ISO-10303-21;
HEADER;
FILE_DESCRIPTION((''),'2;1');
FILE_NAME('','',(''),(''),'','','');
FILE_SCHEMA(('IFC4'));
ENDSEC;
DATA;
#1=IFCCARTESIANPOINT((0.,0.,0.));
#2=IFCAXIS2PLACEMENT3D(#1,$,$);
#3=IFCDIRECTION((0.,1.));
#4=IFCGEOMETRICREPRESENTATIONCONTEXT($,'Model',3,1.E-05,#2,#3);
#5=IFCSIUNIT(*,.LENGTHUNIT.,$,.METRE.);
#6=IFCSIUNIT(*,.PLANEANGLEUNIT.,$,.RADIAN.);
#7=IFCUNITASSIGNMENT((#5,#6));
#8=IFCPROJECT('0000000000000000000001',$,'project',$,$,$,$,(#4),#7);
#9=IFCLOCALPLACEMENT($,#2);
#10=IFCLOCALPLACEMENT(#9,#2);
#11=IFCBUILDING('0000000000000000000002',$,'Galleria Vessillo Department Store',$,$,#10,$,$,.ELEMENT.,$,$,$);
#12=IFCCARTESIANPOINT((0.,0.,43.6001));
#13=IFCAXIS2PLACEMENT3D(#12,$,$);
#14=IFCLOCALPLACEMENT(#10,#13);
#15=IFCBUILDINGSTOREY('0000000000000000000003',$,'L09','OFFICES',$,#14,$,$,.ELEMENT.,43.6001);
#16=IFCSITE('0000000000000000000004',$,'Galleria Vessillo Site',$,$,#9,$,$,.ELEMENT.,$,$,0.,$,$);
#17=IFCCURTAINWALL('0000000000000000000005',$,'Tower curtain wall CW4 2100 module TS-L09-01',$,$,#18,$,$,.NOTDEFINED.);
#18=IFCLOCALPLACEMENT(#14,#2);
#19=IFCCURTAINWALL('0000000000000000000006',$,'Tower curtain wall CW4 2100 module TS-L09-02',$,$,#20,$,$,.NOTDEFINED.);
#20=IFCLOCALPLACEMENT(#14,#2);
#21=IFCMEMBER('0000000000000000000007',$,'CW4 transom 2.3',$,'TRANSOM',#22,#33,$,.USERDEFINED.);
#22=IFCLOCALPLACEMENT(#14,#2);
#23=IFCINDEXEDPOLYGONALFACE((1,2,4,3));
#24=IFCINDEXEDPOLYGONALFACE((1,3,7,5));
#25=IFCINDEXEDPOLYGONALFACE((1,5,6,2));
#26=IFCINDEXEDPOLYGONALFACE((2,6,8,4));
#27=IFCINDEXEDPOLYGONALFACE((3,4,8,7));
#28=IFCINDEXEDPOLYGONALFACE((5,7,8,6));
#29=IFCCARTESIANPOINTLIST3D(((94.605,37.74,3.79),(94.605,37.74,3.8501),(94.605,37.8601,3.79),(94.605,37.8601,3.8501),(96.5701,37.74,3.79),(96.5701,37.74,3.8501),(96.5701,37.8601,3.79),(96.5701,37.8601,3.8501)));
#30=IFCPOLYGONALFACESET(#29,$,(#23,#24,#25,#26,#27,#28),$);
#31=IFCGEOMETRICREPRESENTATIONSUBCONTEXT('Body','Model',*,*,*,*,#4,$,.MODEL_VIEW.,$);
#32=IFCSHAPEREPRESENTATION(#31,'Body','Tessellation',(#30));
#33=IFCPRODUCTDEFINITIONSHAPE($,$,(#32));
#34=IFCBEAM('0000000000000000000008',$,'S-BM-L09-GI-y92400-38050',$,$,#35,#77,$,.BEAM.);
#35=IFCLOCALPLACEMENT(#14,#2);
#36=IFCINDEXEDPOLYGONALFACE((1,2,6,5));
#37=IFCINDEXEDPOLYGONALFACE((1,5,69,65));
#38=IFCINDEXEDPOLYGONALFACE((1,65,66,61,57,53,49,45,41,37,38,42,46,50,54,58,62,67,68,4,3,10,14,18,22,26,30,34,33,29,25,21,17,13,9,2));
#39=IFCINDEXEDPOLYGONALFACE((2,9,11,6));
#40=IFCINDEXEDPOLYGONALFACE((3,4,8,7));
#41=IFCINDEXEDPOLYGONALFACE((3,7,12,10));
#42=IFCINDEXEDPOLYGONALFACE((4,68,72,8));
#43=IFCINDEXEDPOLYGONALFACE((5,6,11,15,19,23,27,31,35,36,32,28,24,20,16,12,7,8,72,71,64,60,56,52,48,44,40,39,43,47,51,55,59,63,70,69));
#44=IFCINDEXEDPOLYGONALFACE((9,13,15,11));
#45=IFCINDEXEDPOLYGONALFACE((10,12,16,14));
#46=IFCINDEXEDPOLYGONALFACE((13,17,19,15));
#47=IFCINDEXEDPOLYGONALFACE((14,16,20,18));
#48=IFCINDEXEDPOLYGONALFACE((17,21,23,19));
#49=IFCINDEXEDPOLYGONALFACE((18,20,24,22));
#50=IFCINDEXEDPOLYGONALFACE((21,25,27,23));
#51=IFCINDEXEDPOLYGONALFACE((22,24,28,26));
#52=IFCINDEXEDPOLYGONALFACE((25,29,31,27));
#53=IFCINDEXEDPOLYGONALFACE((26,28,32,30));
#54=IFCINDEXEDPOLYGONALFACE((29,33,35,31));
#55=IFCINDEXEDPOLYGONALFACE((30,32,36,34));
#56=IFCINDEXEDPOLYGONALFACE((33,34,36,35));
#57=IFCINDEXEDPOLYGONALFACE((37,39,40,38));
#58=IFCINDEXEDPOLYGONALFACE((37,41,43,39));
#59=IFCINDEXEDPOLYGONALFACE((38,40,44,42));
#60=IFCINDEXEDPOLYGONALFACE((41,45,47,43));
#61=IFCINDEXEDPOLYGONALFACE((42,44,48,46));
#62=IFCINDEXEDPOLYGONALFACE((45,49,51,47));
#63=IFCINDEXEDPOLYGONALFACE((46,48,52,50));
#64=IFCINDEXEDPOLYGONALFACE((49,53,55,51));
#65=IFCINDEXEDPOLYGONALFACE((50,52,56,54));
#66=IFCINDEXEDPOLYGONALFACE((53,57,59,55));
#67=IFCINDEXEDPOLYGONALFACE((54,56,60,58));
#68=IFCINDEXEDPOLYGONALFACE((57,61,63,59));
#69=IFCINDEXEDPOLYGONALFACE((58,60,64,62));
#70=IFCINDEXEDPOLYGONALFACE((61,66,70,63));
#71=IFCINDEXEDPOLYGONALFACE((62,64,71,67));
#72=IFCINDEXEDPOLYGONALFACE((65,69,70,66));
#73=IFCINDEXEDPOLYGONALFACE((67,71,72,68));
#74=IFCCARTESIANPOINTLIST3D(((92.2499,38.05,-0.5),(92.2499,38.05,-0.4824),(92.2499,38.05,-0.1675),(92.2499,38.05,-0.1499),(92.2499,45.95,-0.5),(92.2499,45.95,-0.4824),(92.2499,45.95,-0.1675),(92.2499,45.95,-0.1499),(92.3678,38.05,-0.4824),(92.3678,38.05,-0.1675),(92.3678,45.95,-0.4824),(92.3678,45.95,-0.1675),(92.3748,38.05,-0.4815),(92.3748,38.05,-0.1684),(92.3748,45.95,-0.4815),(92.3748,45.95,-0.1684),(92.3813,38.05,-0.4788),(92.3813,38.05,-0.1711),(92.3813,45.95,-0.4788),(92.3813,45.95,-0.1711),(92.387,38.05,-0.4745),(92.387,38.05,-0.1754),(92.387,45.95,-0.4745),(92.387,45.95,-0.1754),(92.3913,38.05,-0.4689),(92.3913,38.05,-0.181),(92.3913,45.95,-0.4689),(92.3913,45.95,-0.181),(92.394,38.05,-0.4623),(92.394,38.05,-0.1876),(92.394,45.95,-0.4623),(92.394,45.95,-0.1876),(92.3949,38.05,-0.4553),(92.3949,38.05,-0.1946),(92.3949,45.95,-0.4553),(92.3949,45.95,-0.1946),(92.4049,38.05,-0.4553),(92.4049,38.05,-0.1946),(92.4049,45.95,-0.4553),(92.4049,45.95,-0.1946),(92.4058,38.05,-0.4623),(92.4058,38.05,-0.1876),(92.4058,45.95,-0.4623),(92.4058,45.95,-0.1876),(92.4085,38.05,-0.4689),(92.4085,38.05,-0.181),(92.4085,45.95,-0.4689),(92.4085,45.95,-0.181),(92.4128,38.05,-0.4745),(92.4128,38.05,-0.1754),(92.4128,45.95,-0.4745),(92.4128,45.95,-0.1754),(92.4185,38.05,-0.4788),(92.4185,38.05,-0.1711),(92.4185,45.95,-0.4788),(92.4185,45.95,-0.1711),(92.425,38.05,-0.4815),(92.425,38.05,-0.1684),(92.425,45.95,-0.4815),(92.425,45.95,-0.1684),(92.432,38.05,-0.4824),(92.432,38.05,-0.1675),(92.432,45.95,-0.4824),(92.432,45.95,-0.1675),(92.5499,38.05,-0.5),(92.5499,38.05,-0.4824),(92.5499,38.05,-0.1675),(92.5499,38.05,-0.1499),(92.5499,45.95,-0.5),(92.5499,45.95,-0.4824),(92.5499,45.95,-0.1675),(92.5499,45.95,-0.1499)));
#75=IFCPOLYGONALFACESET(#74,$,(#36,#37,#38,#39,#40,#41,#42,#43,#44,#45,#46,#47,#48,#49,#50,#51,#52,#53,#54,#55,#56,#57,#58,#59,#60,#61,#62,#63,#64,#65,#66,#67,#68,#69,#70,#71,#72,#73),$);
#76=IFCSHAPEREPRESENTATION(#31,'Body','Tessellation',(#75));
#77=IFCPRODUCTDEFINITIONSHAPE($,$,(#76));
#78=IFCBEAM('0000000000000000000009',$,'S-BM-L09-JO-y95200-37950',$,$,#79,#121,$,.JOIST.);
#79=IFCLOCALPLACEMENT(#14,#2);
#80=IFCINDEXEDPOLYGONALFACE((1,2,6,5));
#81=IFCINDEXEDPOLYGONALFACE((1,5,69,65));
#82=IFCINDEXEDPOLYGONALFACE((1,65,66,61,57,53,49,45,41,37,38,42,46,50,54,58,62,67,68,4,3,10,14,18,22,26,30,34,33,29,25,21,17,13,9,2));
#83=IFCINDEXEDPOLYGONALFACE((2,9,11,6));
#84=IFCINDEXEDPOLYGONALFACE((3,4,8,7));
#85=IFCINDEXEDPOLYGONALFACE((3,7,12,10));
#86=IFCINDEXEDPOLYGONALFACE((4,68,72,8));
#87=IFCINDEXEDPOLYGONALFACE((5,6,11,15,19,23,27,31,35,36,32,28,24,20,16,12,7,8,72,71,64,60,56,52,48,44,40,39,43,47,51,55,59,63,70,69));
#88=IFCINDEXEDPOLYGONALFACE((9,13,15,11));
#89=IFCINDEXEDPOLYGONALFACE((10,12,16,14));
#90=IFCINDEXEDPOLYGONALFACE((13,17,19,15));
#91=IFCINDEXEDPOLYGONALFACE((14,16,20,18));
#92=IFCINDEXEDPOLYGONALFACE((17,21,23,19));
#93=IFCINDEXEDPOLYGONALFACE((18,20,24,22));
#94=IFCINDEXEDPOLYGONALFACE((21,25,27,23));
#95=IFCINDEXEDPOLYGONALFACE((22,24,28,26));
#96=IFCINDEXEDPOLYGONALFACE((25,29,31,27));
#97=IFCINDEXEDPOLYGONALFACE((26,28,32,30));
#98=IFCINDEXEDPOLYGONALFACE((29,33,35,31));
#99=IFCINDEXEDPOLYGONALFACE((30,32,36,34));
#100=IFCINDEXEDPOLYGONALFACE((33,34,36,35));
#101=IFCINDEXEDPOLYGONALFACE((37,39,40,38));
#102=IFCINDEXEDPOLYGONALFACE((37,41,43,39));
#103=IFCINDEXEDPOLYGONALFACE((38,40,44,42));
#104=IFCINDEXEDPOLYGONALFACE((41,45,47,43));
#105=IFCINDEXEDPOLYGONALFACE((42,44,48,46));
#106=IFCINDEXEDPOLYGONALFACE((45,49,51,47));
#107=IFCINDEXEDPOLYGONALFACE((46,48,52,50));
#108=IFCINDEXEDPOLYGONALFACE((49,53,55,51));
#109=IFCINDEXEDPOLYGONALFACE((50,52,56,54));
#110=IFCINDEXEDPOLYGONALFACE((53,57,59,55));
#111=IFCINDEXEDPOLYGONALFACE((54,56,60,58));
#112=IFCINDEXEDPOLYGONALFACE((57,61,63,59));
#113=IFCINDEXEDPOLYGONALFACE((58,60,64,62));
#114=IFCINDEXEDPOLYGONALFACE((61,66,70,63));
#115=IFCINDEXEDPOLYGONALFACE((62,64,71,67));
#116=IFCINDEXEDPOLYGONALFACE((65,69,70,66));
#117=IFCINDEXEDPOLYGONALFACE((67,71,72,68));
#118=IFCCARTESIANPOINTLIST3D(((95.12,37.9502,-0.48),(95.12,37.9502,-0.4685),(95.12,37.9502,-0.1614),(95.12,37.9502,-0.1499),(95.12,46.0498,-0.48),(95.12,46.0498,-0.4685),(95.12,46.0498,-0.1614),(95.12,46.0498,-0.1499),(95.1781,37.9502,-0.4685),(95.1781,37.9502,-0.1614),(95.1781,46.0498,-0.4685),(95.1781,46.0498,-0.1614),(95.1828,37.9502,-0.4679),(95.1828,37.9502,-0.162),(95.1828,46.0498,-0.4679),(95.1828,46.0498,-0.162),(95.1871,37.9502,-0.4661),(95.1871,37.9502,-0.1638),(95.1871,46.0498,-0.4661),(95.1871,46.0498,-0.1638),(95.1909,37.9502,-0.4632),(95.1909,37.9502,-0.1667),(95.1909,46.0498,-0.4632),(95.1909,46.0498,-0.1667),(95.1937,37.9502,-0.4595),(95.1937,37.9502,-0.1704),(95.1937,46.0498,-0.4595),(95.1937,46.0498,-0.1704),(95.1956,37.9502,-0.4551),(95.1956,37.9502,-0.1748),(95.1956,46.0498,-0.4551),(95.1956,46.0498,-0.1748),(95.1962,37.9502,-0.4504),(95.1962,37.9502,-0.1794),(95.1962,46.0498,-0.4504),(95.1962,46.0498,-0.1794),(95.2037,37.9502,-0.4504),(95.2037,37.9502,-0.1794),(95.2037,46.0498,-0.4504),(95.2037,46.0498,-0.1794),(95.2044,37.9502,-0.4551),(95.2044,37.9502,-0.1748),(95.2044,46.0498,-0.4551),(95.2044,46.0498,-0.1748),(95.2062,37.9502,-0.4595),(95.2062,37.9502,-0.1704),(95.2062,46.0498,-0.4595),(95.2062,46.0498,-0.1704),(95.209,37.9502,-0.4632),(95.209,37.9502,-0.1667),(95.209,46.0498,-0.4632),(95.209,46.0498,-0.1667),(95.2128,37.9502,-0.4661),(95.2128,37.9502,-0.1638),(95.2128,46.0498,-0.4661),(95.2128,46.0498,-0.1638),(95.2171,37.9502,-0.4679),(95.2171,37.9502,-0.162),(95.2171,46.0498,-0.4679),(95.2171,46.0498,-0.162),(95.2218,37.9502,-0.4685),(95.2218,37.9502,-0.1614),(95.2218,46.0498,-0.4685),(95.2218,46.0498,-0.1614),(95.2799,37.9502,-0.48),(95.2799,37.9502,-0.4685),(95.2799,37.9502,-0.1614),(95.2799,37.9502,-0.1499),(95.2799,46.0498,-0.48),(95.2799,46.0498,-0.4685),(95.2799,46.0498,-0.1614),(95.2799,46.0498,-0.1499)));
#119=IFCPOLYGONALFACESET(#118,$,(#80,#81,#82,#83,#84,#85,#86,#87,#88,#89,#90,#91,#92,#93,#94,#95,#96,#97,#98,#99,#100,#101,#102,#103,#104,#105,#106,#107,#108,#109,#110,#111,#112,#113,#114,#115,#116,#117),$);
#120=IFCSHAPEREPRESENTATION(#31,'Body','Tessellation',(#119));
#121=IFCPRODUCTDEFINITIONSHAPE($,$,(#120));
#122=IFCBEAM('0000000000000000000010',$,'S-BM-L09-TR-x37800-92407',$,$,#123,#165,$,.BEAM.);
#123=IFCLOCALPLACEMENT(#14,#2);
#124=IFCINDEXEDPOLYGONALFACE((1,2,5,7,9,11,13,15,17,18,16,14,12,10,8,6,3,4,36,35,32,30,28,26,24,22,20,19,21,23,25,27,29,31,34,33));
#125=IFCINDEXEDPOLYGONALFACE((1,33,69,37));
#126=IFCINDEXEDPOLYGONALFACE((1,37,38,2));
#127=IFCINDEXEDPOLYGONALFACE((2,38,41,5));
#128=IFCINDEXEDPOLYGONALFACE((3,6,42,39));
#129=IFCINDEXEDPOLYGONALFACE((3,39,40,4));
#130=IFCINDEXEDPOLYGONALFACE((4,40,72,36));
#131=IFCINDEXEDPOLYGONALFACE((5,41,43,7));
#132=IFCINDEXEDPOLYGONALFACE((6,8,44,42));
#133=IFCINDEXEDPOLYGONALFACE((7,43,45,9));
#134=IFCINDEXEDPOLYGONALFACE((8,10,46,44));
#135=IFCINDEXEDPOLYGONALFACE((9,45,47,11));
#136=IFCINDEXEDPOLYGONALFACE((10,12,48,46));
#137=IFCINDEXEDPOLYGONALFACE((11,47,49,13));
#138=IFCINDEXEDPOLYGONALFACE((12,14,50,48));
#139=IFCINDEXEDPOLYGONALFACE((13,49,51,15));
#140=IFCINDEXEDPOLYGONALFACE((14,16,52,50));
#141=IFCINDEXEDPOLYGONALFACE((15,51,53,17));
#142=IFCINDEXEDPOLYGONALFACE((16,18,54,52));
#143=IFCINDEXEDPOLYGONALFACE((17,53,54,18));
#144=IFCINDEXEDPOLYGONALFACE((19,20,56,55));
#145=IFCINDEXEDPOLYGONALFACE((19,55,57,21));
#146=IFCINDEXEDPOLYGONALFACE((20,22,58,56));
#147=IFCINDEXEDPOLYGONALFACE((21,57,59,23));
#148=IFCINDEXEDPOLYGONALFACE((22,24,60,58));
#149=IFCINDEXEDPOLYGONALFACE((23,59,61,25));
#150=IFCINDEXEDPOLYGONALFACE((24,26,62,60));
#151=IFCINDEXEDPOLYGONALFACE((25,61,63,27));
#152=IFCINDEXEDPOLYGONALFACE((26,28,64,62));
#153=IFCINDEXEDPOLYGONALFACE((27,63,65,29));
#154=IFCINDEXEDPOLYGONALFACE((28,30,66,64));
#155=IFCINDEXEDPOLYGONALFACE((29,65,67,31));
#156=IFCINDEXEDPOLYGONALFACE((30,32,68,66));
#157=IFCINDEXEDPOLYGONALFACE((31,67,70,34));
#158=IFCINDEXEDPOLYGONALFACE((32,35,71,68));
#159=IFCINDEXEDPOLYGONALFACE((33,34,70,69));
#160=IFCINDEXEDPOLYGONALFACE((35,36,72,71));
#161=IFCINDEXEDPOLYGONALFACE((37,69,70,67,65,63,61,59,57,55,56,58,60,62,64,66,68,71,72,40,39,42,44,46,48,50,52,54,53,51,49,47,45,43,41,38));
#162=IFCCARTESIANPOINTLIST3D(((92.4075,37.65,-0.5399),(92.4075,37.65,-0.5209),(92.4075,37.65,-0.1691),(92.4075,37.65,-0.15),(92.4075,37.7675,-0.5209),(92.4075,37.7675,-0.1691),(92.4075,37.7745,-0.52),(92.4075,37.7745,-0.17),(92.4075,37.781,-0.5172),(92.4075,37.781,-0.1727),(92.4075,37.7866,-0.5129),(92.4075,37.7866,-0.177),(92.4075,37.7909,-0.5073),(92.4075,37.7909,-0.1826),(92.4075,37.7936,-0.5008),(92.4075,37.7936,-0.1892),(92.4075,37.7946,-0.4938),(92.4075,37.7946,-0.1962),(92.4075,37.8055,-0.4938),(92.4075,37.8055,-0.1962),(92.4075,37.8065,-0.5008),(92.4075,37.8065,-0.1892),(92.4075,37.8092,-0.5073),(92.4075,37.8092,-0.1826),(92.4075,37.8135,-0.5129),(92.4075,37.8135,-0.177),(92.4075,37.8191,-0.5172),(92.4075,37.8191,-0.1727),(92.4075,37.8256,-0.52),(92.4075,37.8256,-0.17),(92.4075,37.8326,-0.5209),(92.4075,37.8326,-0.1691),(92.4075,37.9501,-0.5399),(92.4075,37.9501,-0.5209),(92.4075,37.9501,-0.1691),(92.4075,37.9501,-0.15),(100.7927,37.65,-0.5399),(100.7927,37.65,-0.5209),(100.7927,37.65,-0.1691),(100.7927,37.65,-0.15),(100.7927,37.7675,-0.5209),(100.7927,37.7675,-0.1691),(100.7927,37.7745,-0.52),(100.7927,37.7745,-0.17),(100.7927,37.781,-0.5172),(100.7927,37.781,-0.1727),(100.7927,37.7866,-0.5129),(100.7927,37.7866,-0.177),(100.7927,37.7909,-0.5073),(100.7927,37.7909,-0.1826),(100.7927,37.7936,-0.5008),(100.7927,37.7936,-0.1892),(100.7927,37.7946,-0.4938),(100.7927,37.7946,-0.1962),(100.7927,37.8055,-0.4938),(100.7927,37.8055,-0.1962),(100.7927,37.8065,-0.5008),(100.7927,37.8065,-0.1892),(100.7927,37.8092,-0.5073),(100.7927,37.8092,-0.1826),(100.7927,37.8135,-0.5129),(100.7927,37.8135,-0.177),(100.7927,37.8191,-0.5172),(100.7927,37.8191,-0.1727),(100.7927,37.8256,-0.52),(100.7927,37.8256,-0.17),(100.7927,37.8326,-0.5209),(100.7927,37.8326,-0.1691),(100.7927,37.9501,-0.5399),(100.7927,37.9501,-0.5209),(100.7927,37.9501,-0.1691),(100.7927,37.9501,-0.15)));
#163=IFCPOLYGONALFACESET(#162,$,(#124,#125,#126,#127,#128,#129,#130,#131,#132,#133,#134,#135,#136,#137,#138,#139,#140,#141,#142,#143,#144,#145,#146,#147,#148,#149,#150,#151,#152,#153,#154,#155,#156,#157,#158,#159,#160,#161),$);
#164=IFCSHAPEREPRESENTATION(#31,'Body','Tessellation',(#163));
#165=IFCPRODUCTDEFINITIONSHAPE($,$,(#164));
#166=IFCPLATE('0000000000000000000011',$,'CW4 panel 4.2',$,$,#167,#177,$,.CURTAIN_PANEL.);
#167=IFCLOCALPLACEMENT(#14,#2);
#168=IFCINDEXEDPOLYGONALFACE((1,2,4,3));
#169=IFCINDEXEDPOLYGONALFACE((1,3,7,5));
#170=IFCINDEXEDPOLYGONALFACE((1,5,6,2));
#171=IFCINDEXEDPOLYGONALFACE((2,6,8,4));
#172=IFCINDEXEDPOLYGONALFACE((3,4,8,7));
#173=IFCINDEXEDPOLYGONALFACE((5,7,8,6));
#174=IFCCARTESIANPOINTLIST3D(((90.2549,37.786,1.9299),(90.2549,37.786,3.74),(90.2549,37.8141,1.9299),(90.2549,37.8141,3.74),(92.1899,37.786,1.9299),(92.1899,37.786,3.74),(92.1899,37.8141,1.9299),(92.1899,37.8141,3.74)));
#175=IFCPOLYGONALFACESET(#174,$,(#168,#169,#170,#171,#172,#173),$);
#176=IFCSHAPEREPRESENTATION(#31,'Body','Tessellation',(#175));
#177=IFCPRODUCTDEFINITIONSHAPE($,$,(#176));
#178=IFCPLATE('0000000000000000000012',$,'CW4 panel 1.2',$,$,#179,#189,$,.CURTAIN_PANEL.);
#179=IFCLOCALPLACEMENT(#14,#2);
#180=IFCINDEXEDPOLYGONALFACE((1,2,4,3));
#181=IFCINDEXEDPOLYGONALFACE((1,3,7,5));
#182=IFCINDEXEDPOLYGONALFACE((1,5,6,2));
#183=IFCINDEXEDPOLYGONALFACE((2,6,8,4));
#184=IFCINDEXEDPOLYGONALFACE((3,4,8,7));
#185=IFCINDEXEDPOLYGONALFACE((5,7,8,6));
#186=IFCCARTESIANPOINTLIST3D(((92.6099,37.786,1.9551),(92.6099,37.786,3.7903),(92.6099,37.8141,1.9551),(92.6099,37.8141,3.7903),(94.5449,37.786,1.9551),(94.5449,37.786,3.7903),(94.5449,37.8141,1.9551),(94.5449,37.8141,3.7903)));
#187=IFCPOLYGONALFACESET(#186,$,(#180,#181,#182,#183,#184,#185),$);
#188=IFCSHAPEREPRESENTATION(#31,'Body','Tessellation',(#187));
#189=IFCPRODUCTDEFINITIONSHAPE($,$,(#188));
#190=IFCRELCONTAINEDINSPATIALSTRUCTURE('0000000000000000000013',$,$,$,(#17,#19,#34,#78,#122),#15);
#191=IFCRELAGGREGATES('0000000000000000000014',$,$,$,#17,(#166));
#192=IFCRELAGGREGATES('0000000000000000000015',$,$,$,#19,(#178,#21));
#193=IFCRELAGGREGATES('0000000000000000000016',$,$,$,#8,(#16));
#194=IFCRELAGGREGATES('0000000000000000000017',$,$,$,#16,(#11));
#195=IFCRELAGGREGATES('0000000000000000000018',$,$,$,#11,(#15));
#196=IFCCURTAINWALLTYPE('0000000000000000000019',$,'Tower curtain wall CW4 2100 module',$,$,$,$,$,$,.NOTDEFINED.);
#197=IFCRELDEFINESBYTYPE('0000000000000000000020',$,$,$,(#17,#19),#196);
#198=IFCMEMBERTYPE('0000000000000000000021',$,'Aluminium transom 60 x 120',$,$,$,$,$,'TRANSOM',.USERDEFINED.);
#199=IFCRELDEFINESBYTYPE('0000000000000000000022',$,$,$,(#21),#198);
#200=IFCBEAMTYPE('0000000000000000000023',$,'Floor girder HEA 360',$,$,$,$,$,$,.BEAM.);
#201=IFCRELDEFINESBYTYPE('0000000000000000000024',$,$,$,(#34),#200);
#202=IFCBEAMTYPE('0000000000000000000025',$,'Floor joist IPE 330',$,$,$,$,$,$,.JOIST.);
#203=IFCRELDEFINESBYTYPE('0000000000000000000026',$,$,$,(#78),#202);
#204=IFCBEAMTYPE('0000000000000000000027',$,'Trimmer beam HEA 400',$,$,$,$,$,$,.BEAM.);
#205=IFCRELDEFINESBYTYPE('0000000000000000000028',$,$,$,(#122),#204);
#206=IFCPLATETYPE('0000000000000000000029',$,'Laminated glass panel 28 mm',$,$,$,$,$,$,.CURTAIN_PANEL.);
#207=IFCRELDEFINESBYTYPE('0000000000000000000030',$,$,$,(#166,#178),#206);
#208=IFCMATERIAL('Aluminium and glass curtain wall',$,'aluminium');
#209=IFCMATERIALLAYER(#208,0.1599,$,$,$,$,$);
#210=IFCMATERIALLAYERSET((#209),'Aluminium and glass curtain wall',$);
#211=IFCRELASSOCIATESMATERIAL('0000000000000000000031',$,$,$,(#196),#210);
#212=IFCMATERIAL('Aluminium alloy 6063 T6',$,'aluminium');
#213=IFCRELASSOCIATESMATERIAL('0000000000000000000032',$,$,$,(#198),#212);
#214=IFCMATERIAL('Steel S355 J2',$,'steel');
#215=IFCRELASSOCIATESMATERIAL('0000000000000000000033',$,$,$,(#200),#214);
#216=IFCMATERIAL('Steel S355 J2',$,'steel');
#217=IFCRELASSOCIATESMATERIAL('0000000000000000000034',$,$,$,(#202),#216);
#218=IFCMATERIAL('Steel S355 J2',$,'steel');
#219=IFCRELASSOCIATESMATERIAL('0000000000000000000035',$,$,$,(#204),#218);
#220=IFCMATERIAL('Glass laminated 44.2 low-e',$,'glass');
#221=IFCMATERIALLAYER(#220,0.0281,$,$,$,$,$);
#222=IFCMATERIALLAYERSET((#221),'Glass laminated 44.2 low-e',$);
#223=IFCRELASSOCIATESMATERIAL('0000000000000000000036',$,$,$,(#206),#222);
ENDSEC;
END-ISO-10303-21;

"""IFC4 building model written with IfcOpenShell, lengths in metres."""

from ifc_helpers import new_model, si_unit, direction, frame, origin, origin_2d, place, context, subcontext, project, spatial, rectangle, i_section, extrude, material, layer, layer_set, material_profile, profile_set, type_object, element, aggregate, save


model = new_model("IFC4")

# Units and contexts
model_context = context("Model", 3, precision=1e-05, world=origin(), true_north=direction((0.0, 1.0)))
body_context = subcontext(model_context, "Body", "Model", "MODEL_VIEW")
ifc_project = project(units=[si_unit("LENGTHUNIT", "METRE"), si_unit("PLANEANGLEUNIT", "RADIAN")], contexts=[model_context])

# Site, building, storey
site_placement = place(None, origin())
site = spatial("IfcSite", under=ifc_project, at=site_placement, Name="Galleria Vessillo Site", CompositionType="ELEMENT", RefElevation=0.0)
building_placement = place(site_placement, origin())
building = spatial("IfcBuilding", under=site, at=building_placement, Name="Galleria Vessillo Department Store", CompositionType="ELEMENT")
storey_placement = place(building_placement, frame((0.0, 0.0, 43.6001)))
storey = spatial("IfcBuildingStorey", under=building, at=storey_placement, Name="L09", Description="OFFICES", CompositionType="ELEMENT", Elevation=43.6001)

# Curtain wall
ifc_material_1 = material(Name="Aluminium and glass curtain wall", Category="aluminium")
ifc_layer_1 = layer(ifc_material_1, 0.1599)
ifc_layer_set_1 = layer_set([ifc_layer_1], Name="Aluminium and glass curtain wall")
curtain_wall_type = type_object("IfcCurtainWallType", Name="Tower curtain wall CW4 2100 module", PredefinedType="NOTDEFINED", material=ifc_layer_set_1)
curtain_wall_1_placement = place(storey_placement, origin())
curtain_wall_1 = element("IfcCurtainWall", 1, at=curtain_wall_1_placement, inside=storey, type_object=curtain_wall_type, Name="Tower curtain wall CW4 2100 module TS-L09-01", PredefinedType="NOTDEFINED")

# Curtain wall
curtain_wall_2_placement = place(storey_placement, origin())
curtain_wall_2 = element("IfcCurtainWall", 2, at=curtain_wall_2_placement, inside=storey, type_object=curtain_wall_type, Name="Tower curtain wall CW4 2100 module TS-L09-02", PredefinedType="NOTDEFINED")

# Member
ifc_material_2 = material(Name="Aluminium alloy 6063 T6", Category="aluminium")
ifc_material_profile_1 = material_profile(ifc_material_2, rectangle(XDim=0.1201, YDim=0.0601, at=origin_2d()), Name="AL 60x120")
ifc_profile_set_1 = profile_set([ifc_material_profile_1], Name="Aluminium alloy 6063 T6")
member_type_1 = type_object("IfcMemberType", Name="Aluminium transom 60 x 120", ElementType="TRANSOM", PredefinedType="USERDEFINED", material=ifc_profile_set_1)
member_1_placement = place(storey_placement, frame((94.605, 37.8, 3.8201), z_axis=(1.0, 0.0, 0.0), x_axis=(0.0, 1.0, 0.0)))
member_1 = element("IfcMember", 3, at=member_1_placement, type_object=member_type_1, Name="CW4 transom 2.3", ObjectType="TRANSOM", PredefinedType="USERDEFINED", context=body_context, shape_type="SweptSolid", body=[
    extrude(rectangle(XDim=0.1201, YDim=0.0601, at=origin_2d()), origin(), (0.0, 0.0, 1.0), 1.9651),
])

# Beams
ifc_material_3 = material(Name="Steel S355 J2", Category="steel")
ifc_material_profile_2 = material_profile(ifc_material_3, i_section(OverallWidth=0.3, OverallDepth=0.3501, WebThickness=0.01, FlangeThickness=0.0176, FilletRadius=0.0271, at=origin_2d()), Name="HEA 360")
ifc_profile_set_2 = profile_set([ifc_material_profile_2], Name="Steel S355 J2")
beam_type_1 = type_object("IfcBeamType", Name="Floor girder HEA 360", PredefinedType="BEAM", material=ifc_profile_set_2)
beam_1_placement = place(storey_placement, frame((92.3999, 38.05, -0.325), z_axis=(0.0, 1.0, 0.0), x_axis=(-1.0, 0.0, 0.0)))
element("IfcBeam", 4, at=beam_1_placement, inside=storey, type_object=beam_type_1, Name="S-BM-L09-GI-y92400-38050", PredefinedType="BEAM", context=body_context, shape_type="SweptSolid", body=[
    extrude(i_section(OverallWidth=0.3, OverallDepth=0.3501, WebThickness=0.01, FlangeThickness=0.0176, FilletRadius=0.0271, at=origin_2d()), origin(), (0.0, 0.0, 1.0), 7.8999),
])
ifc_material_4 = material(Name="Steel S355 J2", Category="steel")
ifc_material_profile_3 = material_profile(ifc_material_4, i_section(OverallWidth=0.1599, OverallDepth=0.3301, WebThickness=0.0076, FlangeThickness=0.0115, FilletRadius=0.0181, at=origin_2d()), Name="IPE 330")
ifc_profile_set_3 = profile_set([ifc_material_profile_3], Name="Steel S355 J2")
beam_type_2 = type_object("IfcBeamType", Name="Floor joist IPE 330", PredefinedType="JOIST", material=ifc_profile_set_3)
beam_2_placement = place(storey_placement, frame((95.2, 37.9502, -0.3149), z_axis=(0.0, 1.0, 0.0), x_axis=(-1.0, 0.0, 0.0)))
element("IfcBeam", 5, at=beam_2_placement, inside=storey, type_object=beam_type_2, Name="S-BM-L09-JO-y95200-37950", PredefinedType="JOIST", context=body_context, shape_type="SweptSolid", body=[
    extrude(i_section(OverallWidth=0.1599, OverallDepth=0.3301, WebThickness=0.0076, FlangeThickness=0.0115, FilletRadius=0.0181, at=origin_2d()), origin(), (0.0, 0.0, 1.0), 8.0996),
])
ifc_material_5 = material(Name="Steel S355 J2", Category="steel")
ifc_material_profile_4 = material_profile(ifc_material_5, i_section(OverallWidth=0.3, OverallDepth=0.3899, WebThickness=0.011, FlangeThickness=0.019, FilletRadius=0.0271, at=origin_2d()), Name="HEA 400")
ifc_profile_set_4 = profile_set([ifc_material_profile_4], Name="Steel S355 J2")
beam_type_3 = type_object("IfcBeamType", Name="Trimmer beam HEA 400", PredefinedType="BEAM", material=ifc_profile_set_4)
beam_3_placement = place(storey_placement, frame((92.4075, 37.8, -0.345), z_axis=(1.0, 0.0, 0.0), x_axis=(0.0, 1.0, 0.0)))
element("IfcBeam", 6, at=beam_3_placement, inside=storey, type_object=beam_type_3, Name="S-BM-L09-TR-x37800-92407", PredefinedType="BEAM", context=body_context, shape_type="SweptSolid", body=[
    extrude(i_section(OverallWidth=0.3, OverallDepth=0.3899, WebThickness=0.011, FlangeThickness=0.019, FilletRadius=0.0271, at=origin_2d()), origin(), (0.0, 0.0, 1.0), 8.3853),
])

# Plates
ifc_material_6 = material(Name="Glass laminated 44.2 low-e", Category="glass")
ifc_layer_2 = layer(ifc_material_6, 0.0281)
ifc_layer_set_2 = layer_set([ifc_layer_2], Name="Glass laminated 44.2 low-e")
plate_type_1 = type_object("IfcPlateType", Name="Laminated glass panel 28 mm", PredefinedType="CURTAIN_PANEL", material=ifc_layer_set_2)
plate_1_placement = place(storey_placement, frame((91.2224, 37.8, 1.9299), z_axis=(0.0, 0.0, 1.0), x_axis=(1.0, 0.0, 0.0)))
plate_1 = element("IfcPlate", 7, at=plate_1_placement, type_object=plate_type_1, Name="CW4 panel 4.2", PredefinedType="CURTAIN_PANEL", context=body_context, shape_type="SweptSolid", body=[
    extrude(rectangle(XDim=1.9351, YDim=0.0281, at=origin_2d()), origin(), (0.0, 0.0, 1.0), 1.8101),
])
plate_2_placement = place(storey_placement, frame((93.5774, 37.8, 1.9551), z_axis=(0.0, 0.0, 1.0), x_axis=(1.0, 0.0, 0.0)))
plate_2 = element("IfcPlate", 8, at=plate_2_placement, type_object=plate_type_1, Name="CW4 panel 1.2", PredefinedType="CURTAIN_PANEL", context=body_context, shape_type="SweptSolid", body=[
    extrude(rectangle(XDim=1.9351, YDim=0.0281, at=origin_2d()), origin(), (0.0, 0.0, 1.0), 1.8352),
])
aggregate(curtain_wall_1, [plate_1])
aggregate(curtain_wall_2, [plate_2, member_1])

save(model, "model.ifc")
